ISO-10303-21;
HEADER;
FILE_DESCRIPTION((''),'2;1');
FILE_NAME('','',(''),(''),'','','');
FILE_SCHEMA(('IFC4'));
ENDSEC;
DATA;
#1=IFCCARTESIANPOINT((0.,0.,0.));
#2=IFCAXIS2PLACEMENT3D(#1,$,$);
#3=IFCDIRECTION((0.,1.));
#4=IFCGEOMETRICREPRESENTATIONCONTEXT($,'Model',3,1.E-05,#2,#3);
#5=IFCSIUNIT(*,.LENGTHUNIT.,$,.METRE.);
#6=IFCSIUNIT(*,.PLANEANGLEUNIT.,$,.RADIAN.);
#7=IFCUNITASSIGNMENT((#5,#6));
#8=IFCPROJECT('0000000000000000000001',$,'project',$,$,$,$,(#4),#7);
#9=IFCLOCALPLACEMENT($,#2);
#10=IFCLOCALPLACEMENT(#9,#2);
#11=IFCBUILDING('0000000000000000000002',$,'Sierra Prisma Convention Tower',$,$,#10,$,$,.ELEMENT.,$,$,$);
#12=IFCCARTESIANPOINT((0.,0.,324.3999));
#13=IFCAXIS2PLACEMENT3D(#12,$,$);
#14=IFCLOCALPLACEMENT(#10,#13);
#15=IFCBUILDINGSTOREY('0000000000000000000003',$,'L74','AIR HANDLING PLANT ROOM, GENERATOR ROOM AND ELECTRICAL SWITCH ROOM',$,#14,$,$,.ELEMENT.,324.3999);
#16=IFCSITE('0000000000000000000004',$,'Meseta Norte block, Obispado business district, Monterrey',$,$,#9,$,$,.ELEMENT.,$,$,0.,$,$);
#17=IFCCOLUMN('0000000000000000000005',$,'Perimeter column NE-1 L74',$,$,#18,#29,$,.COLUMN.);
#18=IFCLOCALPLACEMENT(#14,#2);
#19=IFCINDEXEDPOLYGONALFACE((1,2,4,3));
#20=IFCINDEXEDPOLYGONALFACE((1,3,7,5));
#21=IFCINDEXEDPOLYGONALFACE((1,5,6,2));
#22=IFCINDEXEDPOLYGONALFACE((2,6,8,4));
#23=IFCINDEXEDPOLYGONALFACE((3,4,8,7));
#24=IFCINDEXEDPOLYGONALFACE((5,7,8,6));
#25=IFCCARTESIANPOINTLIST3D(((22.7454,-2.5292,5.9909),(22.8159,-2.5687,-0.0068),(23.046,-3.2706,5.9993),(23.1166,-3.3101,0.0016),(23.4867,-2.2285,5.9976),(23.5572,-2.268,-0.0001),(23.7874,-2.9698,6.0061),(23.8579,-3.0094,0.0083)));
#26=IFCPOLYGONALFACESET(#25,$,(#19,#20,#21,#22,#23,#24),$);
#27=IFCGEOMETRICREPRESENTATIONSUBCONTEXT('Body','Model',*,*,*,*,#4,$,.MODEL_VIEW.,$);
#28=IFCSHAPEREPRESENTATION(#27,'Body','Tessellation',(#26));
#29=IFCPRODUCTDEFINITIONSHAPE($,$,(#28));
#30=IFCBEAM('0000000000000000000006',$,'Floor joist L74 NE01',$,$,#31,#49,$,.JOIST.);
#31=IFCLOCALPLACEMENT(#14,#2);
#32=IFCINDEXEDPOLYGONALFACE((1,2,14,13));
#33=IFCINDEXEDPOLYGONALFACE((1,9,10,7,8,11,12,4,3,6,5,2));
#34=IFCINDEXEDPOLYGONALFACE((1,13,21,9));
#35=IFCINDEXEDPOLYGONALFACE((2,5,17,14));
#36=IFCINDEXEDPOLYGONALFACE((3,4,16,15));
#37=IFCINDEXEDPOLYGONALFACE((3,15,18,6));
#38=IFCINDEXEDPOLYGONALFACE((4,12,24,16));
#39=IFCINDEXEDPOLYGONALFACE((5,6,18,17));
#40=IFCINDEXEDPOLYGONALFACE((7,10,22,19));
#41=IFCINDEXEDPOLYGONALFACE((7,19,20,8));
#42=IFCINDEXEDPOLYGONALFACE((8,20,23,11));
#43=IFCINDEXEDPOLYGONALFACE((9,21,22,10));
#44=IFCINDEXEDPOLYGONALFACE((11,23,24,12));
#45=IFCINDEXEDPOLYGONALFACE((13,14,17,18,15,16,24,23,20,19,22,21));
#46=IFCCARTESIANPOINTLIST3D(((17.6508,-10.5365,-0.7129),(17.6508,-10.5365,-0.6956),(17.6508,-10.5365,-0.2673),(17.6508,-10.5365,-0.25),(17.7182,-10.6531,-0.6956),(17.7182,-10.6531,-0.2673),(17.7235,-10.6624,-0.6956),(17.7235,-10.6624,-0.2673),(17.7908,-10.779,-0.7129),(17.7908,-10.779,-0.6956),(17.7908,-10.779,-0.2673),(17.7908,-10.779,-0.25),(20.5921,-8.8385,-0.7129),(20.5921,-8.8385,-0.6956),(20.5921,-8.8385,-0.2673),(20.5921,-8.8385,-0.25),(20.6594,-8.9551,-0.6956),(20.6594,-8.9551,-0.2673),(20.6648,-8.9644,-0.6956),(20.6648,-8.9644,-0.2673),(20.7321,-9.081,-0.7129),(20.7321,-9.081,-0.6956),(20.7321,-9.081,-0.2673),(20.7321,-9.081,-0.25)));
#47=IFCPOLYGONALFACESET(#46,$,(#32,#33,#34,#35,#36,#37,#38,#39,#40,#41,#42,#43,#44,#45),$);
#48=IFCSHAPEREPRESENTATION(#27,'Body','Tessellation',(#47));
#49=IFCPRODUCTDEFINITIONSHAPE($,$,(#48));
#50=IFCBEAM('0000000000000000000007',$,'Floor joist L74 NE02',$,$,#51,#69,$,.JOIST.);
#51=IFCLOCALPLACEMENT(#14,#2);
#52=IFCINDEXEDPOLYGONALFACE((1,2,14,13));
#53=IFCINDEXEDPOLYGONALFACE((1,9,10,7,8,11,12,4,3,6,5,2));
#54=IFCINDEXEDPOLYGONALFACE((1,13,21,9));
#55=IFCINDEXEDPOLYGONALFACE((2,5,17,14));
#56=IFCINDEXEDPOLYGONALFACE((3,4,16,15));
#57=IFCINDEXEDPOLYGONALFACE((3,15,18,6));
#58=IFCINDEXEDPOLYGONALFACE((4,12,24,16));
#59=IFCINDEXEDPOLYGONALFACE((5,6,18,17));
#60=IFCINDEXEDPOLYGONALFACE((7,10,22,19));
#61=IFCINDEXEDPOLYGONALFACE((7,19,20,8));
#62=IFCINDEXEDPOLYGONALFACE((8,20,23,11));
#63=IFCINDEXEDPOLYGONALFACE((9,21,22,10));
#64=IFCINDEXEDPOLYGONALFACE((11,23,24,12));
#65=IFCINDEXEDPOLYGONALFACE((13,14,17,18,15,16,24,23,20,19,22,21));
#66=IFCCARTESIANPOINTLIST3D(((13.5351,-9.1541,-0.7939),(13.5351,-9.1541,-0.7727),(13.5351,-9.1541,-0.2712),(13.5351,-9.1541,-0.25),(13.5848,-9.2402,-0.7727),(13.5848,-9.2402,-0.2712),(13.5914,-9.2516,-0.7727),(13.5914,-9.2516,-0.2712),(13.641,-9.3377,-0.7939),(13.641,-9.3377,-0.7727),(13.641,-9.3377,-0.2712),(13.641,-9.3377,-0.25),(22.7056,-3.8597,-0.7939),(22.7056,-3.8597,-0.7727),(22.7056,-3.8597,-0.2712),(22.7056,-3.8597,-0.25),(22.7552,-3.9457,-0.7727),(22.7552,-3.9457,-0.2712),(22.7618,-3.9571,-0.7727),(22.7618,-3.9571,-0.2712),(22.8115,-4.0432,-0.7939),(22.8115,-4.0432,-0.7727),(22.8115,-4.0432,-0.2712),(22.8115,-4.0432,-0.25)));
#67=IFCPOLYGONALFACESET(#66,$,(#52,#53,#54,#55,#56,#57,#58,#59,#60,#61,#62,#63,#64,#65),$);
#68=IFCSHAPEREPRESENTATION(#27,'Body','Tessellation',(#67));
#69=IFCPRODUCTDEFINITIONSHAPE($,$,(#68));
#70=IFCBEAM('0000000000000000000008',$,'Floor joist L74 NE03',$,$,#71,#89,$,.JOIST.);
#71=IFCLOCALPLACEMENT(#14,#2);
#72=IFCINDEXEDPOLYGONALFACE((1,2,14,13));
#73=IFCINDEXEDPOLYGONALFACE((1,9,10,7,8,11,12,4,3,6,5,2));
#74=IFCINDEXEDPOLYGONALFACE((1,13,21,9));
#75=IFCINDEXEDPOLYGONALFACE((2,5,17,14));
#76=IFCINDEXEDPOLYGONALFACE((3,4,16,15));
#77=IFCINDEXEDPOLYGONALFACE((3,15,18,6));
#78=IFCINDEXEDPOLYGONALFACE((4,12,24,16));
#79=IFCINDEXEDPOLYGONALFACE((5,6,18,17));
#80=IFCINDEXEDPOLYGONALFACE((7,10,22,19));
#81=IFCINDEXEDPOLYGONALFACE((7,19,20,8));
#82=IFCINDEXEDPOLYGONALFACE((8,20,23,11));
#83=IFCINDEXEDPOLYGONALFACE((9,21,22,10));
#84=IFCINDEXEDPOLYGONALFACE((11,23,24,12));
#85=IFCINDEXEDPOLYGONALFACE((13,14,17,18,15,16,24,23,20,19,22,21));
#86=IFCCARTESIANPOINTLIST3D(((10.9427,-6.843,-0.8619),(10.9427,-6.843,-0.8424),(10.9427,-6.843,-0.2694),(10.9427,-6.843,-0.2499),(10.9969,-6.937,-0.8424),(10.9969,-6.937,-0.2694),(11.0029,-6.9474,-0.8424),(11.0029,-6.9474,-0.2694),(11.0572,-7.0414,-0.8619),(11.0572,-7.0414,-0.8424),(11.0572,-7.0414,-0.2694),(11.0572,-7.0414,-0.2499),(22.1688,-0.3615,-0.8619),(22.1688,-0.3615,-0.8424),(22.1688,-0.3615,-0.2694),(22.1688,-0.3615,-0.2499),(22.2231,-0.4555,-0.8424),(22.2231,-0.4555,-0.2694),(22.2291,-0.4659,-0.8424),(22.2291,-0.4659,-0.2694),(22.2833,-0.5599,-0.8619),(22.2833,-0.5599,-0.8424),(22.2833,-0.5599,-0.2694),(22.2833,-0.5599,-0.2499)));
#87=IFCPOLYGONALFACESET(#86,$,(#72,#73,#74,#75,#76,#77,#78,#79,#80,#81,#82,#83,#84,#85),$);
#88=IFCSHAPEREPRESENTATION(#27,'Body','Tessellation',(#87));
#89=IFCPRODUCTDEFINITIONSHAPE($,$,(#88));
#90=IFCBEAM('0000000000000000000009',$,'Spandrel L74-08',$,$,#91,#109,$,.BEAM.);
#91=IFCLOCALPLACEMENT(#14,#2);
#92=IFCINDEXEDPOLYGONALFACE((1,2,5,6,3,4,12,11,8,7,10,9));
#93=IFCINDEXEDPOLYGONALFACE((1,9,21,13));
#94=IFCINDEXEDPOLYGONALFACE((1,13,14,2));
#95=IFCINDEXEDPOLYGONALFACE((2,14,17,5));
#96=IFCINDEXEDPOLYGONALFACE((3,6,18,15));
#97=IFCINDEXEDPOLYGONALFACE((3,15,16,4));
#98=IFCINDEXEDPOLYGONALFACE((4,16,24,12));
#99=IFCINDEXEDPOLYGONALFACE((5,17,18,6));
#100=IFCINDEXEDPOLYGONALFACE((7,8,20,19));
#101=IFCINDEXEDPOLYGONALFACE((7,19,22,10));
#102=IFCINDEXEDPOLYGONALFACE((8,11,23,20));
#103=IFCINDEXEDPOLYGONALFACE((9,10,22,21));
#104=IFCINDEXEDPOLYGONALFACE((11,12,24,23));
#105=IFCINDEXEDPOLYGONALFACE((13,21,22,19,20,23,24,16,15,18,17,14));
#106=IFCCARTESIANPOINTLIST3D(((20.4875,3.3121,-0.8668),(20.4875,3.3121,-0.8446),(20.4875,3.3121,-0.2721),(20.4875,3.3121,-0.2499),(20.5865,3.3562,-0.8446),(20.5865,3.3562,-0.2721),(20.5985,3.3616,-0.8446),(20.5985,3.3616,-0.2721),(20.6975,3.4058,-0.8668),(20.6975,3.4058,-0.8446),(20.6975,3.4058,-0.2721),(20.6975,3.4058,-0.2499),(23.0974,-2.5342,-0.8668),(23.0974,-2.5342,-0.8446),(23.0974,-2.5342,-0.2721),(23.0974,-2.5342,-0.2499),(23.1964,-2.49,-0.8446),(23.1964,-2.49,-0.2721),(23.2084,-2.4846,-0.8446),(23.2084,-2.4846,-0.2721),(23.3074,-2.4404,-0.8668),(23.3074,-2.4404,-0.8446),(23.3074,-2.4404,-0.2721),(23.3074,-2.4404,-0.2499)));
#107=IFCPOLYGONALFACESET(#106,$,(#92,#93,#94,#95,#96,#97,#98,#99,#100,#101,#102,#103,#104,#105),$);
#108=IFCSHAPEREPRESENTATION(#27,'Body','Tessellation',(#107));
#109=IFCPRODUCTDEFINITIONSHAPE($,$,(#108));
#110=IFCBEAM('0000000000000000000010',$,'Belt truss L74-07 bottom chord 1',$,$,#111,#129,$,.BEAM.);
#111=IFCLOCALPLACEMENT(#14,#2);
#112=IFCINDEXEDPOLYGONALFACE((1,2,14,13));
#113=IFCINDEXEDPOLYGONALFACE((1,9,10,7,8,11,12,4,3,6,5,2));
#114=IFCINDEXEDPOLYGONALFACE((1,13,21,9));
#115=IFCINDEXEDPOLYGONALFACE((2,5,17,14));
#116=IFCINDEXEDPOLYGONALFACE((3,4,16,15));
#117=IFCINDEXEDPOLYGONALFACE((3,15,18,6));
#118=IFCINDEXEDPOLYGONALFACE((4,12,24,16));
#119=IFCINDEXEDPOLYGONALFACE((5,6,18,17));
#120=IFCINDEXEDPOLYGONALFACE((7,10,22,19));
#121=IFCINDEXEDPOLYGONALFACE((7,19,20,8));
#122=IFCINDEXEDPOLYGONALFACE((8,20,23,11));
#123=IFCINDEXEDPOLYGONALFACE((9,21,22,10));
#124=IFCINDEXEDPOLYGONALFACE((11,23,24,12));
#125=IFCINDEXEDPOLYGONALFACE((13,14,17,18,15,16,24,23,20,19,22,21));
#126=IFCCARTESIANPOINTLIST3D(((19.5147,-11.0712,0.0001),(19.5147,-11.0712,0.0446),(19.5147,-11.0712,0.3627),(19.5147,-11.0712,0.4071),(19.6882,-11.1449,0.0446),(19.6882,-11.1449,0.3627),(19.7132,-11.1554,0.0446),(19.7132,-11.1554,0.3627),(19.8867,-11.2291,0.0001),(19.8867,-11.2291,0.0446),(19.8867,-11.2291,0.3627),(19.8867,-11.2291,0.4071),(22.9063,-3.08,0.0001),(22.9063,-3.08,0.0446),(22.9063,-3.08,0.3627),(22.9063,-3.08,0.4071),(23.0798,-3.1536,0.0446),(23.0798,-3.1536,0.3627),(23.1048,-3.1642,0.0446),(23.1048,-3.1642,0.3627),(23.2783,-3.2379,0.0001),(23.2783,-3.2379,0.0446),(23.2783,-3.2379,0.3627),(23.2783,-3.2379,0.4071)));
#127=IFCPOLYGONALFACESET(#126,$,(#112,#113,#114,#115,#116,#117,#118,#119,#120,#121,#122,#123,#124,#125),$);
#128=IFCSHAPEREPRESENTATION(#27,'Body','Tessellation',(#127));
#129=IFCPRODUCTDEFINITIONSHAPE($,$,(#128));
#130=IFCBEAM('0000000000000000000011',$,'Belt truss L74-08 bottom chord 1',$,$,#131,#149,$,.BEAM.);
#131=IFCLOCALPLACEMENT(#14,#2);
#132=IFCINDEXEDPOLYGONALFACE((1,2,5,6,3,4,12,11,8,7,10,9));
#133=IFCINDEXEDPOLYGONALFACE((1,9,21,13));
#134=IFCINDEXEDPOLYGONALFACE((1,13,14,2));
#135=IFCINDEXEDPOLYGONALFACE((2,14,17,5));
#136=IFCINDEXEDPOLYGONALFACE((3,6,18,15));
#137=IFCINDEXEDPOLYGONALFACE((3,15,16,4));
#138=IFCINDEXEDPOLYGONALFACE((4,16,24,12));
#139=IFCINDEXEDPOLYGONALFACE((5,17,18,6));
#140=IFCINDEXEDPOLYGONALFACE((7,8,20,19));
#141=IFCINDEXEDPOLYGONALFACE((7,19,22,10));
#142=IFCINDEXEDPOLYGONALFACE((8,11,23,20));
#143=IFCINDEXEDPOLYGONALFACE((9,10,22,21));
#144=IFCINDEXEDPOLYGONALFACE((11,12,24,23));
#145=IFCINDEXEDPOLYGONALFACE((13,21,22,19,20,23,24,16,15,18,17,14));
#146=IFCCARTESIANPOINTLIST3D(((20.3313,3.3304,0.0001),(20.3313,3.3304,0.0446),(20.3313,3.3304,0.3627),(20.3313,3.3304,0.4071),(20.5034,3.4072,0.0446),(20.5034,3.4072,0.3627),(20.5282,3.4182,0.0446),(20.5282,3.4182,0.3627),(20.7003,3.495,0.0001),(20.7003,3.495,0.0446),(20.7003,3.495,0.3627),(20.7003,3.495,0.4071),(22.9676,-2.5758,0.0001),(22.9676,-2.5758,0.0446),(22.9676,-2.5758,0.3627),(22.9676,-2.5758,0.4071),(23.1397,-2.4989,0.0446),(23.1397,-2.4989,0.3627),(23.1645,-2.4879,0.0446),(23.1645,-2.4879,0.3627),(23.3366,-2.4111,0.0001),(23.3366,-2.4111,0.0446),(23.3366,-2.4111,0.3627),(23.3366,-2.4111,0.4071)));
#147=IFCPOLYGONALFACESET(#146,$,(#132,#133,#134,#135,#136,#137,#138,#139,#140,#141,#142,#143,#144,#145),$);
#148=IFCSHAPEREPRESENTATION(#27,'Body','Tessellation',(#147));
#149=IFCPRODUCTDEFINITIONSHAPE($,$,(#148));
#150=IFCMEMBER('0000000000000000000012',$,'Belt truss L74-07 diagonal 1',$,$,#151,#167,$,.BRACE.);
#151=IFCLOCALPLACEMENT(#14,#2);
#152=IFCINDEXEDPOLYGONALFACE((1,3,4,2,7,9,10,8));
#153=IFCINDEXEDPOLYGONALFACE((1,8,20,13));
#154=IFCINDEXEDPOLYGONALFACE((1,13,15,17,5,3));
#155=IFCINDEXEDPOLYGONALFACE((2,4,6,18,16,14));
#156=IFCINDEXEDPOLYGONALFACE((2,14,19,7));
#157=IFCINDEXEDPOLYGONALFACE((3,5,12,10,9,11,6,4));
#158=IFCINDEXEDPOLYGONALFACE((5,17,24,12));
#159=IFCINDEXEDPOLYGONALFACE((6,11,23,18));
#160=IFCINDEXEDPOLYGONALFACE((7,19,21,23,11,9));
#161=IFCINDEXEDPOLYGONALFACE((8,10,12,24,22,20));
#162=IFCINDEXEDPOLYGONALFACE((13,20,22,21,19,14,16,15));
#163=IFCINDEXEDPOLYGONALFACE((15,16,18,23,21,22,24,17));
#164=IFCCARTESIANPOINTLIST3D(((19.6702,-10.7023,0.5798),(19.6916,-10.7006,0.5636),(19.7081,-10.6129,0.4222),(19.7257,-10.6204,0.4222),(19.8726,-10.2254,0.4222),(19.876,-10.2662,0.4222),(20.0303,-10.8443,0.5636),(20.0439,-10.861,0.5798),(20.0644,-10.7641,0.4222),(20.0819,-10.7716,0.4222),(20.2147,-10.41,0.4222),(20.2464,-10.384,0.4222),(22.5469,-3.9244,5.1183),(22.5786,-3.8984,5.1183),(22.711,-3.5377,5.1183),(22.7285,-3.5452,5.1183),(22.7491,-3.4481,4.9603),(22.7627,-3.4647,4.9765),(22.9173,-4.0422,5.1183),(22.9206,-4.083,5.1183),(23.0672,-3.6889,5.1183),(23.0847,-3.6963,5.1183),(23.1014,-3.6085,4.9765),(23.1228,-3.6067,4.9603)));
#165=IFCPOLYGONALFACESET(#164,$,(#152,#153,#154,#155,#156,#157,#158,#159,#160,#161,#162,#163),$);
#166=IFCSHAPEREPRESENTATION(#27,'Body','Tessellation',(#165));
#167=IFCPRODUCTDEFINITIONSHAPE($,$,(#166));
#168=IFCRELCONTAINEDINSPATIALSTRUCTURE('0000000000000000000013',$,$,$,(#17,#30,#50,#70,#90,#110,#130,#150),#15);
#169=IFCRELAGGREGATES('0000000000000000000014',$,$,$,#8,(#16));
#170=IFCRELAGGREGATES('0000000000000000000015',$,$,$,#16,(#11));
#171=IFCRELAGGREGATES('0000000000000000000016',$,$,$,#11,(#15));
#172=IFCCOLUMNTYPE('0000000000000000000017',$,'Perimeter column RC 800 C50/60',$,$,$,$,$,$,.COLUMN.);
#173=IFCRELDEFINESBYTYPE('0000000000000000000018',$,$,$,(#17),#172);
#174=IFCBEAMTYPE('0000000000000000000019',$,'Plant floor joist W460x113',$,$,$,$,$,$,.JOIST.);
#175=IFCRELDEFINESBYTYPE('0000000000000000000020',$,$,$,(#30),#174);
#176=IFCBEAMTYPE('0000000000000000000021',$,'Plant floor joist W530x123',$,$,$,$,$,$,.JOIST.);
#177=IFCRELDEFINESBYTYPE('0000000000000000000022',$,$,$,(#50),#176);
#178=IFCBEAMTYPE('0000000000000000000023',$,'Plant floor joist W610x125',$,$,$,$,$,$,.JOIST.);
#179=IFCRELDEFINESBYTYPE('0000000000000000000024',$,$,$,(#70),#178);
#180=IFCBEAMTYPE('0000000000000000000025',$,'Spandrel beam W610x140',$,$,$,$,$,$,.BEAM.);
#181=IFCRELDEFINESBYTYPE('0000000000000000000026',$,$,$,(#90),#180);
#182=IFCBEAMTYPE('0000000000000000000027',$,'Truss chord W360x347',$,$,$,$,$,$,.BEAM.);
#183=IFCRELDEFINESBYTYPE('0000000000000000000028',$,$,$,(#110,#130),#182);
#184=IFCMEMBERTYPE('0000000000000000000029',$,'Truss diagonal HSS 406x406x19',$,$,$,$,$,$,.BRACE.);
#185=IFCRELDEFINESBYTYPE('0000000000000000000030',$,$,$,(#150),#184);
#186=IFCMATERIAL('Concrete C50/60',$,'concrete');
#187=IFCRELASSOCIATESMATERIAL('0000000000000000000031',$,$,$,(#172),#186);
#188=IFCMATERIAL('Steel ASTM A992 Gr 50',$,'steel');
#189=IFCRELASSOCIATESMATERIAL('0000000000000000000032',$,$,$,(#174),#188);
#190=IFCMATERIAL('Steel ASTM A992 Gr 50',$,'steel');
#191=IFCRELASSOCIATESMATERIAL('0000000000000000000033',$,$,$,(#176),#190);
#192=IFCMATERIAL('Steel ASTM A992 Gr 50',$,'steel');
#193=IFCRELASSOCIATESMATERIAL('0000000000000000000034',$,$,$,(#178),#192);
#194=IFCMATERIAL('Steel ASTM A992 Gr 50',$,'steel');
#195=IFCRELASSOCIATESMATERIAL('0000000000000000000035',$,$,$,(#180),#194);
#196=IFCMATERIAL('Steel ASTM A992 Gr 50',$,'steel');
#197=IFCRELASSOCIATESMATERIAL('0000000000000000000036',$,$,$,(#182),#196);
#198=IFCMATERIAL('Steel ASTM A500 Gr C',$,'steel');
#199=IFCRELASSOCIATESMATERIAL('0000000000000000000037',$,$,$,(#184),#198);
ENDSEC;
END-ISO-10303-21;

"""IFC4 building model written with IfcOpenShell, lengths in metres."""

from ifc_helpers import new_model, si_unit, direction, frame, origin, origin_2d, place, context, subcontext, project, spatial, rectangle, hollow_rectangle, i_section, extrude, clip, halfspace, material, material_profile, profile_set, type_object, element, save


model = new_model("IFC4")

# Units and contexts
model_context = context("Model", 3, precision=1e-05, world=origin(), true_north=direction((0.0, 1.0)))
body_context = subcontext(model_context, "Body", "Model", "MODEL_VIEW")
ifc_project = project(units=[si_unit("LENGTHUNIT", "METRE"), si_unit("PLANEANGLEUNIT", "RADIAN")], contexts=[model_context])

# Site, building, storey
site_placement = place(None, origin())
site = spatial("IfcSite", under=ifc_project, at=site_placement, Name="Meseta Norte block, Obispado business district, Monterrey", CompositionType="ELEMENT", RefElevation=0.0)
building_placement = place(site_placement, origin())
building = spatial("IfcBuilding", under=site, at=building_placement, Name="Sierra Prisma Convention Tower", CompositionType="ELEMENT")
storey_placement = place(building_placement, frame((0.0, 0.0, 324.3999)))
storey = spatial("IfcBuildingStorey", under=building, at=storey_placement, Name="L74", Description="AIR HANDLING PLANT ROOM, GENERATOR ROOM AND ELECTRICAL SWITCH ROOM", CompositionType="ELEMENT", Elevation=324.3999)

# Column
ifc_material_1 = material(Name="Concrete C50/60", Category="concrete")
ifc_material_profile_1 = material_profile(ifc_material_1, rectangle(XDim=0.8, YDim=0.8, at=origin_2d()), Name="Perimeter column RC 800 C50/60")
ifc_profile_set_1 = profile_set([ifc_material_profile_1], Name="Concrete C50/60")
column_type = type_object("IfcColumnType", Name="Perimeter column RC 800 C50/60", PredefinedType="COLUMN", material=ifc_profile_set_1)
column_placement = place(storey_placement, frame((23.3369, -2.7891, 0.0), z_axis=(-0.011758, 0.006591, 0.999909), x_axis=(-0.375802, 0.92664, -0.010527)))
element("IfcColumn", 1, at=column_placement, inside=storey, type_object=column_type, Name="Perimeter column NE-1 L74", PredefinedType="COLUMN", context=body_context, shape_type="SweptSolid", body=[
    clip(clip(extrude(rectangle(XDim=0.8, YDim=0.8, at=origin_2d()), origin(), (0.0, 0.0, 1.0), 6.0005), halfspace(frame((0.0, 0.0, 0.0007)), True)), halfspace(frame((0.0, 0.0, 5.999)), False)),
])

# Beams
ifc_material_2 = material(Name="Steel ASTM A992 Gr 50", Category="steel")
ifc_material_profile_2 = material_profile(ifc_material_2, i_section(OverallWidth=0.28, OverallDepth=0.4629, WebThickness=0.0107, FlangeThickness=0.0173, at=origin_2d()), Name="W460x113")
ifc_profile_set_2 = profile_set([ifc_material_profile_2], Name="Steel ASTM A992 Gr 50")
beam_type_1 = type_object("IfcBeamType", Name="Plant floor joist W460x113", PredefinedType="JOIST", material=ifc_profile_set_2)
beam_1_placement = place(storey_placement, frame((20.6621, -8.9597, -0.4814), z_axis=(-0.866036, -0.499982, 0.0), x_axis=(0.499982, -0.866036, 0.0)))
element("IfcBeam", 2, at=beam_1_placement, inside=storey, type_object=beam_type_1, Name="Floor joist L74 NE01", PredefinedType="JOIST", context=body_context, shape_type="SweptSolid", body=[
    extrude(i_section(OverallWidth=0.28, OverallDepth=0.4629, WebThickness=0.0107, FlangeThickness=0.0173, at=origin_2d()), origin(), (0.0, 0.0, 1.0), 3.3962),
])
ifc_material_3 = material(Name="Steel ASTM A992 Gr 50", Category="steel")
ifc_material_profile_3 = material_profile(ifc_material_3, i_section(OverallWidth=0.2119, OverallDepth=0.5439, WebThickness=0.0132, FlangeThickness=0.0212, at=origin_2d()), Name="W530x123")
ifc_profile_set_3 = profile_set([ifc_material_profile_3], Name="Steel ASTM A992 Gr 50")
beam_type_2 = type_object("IfcBeamType", Name="Plant floor joist W530x123", PredefinedType="JOIST", material=ifc_profile_set_3)
beam_2_placement = place(storey_placement, frame((22.7585, -3.9514, -0.522), z_axis=(-0.86603, -0.499993, 0.0), x_axis=(0.499993, -0.86603, 0.0)))
element("IfcBeam", 3, at=beam_2_placement, inside=storey, type_object=beam_type_2, Name="Floor joist L74 NE02", PredefinedType="JOIST", context=body_context, shape_type="SweptSolid", body=[
    extrude(i_section(OverallWidth=0.2119, OverallDepth=0.5439, WebThickness=0.0132, FlangeThickness=0.0212, at=origin_2d()), origin(), (0.0, 0.0, 1.0), 10.5891),
])
ifc_material_4 = material(Name="Steel ASTM A992 Gr 50", Category="steel")
ifc_material_profile_4 = material_profile(ifc_material_4, i_section(OverallWidth=0.229, OverallDepth=0.6121, WebThickness=0.012, FlangeThickness=0.0195, at=origin_2d()), Name="W610x125")
ifc_profile_set_4 = profile_set([ifc_material_profile_4], Name="Steel ASTM A992 Gr 50")
beam_type_3 = type_object("IfcBeamType", Name="Plant floor joist W610x125", PredefinedType="JOIST", material=ifc_profile_set_4)
beam_3_placement = place(storey_placement, frame((22.2261, -0.4607, -0.5559), z_axis=(-0.866023, -0.500004, 0.0), x_axis=(0.500004, -0.866023, 0.0)))
element("IfcBeam", 4, at=beam_3_placement, inside=storey, type_object=beam_type_3, Name="Floor joist L74 NE03", PredefinedType="JOIST", context=body_context, shape_type="SweptSolid", body=[
    extrude(i_section(OverallWidth=0.229, OverallDepth=0.6121, WebThickness=0.012, FlangeThickness=0.0195, at=origin_2d()), origin(), (0.0, 0.0, 1.0), 12.9629),
])
ifc_material_5 = material(Name="Steel ASTM A992 Gr 50", Category="steel")
ifc_material_profile_5 = material_profile(ifc_material_5, i_section(OverallWidth=0.23, OverallDepth=0.6169, WebThickness=0.0132, FlangeThickness=0.0222, at=origin_2d()), Name="W610x140")
ifc_profile_set_5 = profile_set([ifc_material_profile_5], Name="Steel ASTM A992 Gr 50")
beam_type_4 = type_object("IfcBeamType", Name="Spandrel beam W610x140", PredefinedType="BEAM", material=ifc_profile_set_5)
beam_4_placement = place(storey_placement, frame((23.2024, -2.4873, -0.5583), z_axis=(-0.407645, 0.91314, 0.0), x_axis=(-0.91314, -0.407645, 0.0)))
element("IfcBeam", 5, at=beam_4_placement, inside=storey, type_object=beam_type_4, Name="Spandrel L74-08", PredefinedType="BEAM", context=body_context, shape_type="SweptSolid", body=[
    extrude(i_section(OverallWidth=0.23, OverallDepth=0.6169, WebThickness=0.0132, FlangeThickness=0.0222, at=origin_2d()), origin(), (0.0, 0.0, 1.0), 6.4023),
])
ifc_material_6 = material(Name="Steel ASTM A992 Gr 50", Category="steel")
ifc_material_profile_6 = material_profile(ifc_material_6, i_section(OverallWidth=0.4041, OverallDepth=0.407, WebThickness=0.0271, FlangeThickness=0.0444, at=origin_2d()), Name="W360x347")
ifc_profile_set_6 = profile_set([ifc_material_profile_6], Name="Steel ASTM A992 Gr 50")
beam_type_5 = type_object("IfcBeamType", Name="Truss chord W360x347", PredefinedType="BEAM", material=ifc_profile_set_6)
beam_5_placement = place(storey_placement, frame((19.7007, -11.1501, 0.2036), z_axis=(0.390686, 0.920524, 0.0), x_axis=(-0.920524, 0.390686, 0.0)))
element("IfcBeam", 6, at=beam_5_placement, inside=storey, type_object=beam_type_5, Name="Belt truss L74-07 bottom chord 1", PredefinedType="BEAM", context=body_context, shape_type="SweptSolid", body=[
    extrude(i_section(OverallWidth=0.4041, OverallDepth=0.407, WebThickness=0.0271, FlangeThickness=0.0444, at=origin_2d()), origin(), (0.0, 0.0, 1.0), 8.6812),
])
beam_6_placement = place(storey_placement, frame((23.1521, -2.4934, 0.2036), z_axis=(-0.407602, 0.91316, 0.0), x_axis=(-0.91316, -0.407602, 0.0)))
element("IfcBeam", 7, at=beam_6_placement, inside=storey, type_object=beam_type_5, Name="Belt truss L74-08 bottom chord 1", PredefinedType="BEAM", context=body_context, shape_type="SweptSolid", body=[
    extrude(i_section(OverallWidth=0.4041, OverallDepth=0.407, WebThickness=0.0271, FlangeThickness=0.0444, at=origin_2d()), origin(), (0.0, 0.0, 1.0), 6.4678),
])

# Member
ifc_material_7 = material(Name="Steel ASTM A500 Gr C", Category="steel")
ifc_material_profile_7 = material_profile(ifc_material_7, hollow_rectangle(XDim=0.406, YDim=0.406, WallThickness=0.019, at=origin_2d()), Name="Truss diagonal HSS 406x406x19")
ifc_profile_set_7 = profile_set([ifc_material_profile_7], Name="Steel ASTM A500 Gr C")
member_type = type_object("IfcMemberType", Name="Truss diagonal HSS 406x406x19", PredefinedType="BRACE", material=ifc_profile_set_7)
member_1_placement = place(storey_placement, frame((19.8987, -10.6836, 0.407), z_axis=(0.332586, 0.783623, 0.52471), x_axis=(-0.920523, 0.390689, 0.0)))
element("IfcMember", 8, at=member_1_placement, inside=storey, type_object=member_type, Name="Belt truss L74-07 diagonal 1", PredefinedType="BRACE", context=body_context, shape_type="SweptSolid", body=[
    clip(clip(extrude(hollow_rectangle(XDim=0.406, YDim=0.406, WallThickness=0.019, at=origin_2d()), origin(), (0.0, 0.0, 1.0), 9.0071), halfspace(frame((-0.0002, 0.0129, 0.0081), z_axis=(0.0, 0.851281, 0.52471), x_axis=(1.0, 0.0, 0.0)), True)), halfspace(frame((0.0, -0.0125, 8.999), z_axis=(0.0, -0.851281, -0.52471), x_axis=(1.0, 0.0, 0.0)), True)),
])

save(model, "model.ifc")
